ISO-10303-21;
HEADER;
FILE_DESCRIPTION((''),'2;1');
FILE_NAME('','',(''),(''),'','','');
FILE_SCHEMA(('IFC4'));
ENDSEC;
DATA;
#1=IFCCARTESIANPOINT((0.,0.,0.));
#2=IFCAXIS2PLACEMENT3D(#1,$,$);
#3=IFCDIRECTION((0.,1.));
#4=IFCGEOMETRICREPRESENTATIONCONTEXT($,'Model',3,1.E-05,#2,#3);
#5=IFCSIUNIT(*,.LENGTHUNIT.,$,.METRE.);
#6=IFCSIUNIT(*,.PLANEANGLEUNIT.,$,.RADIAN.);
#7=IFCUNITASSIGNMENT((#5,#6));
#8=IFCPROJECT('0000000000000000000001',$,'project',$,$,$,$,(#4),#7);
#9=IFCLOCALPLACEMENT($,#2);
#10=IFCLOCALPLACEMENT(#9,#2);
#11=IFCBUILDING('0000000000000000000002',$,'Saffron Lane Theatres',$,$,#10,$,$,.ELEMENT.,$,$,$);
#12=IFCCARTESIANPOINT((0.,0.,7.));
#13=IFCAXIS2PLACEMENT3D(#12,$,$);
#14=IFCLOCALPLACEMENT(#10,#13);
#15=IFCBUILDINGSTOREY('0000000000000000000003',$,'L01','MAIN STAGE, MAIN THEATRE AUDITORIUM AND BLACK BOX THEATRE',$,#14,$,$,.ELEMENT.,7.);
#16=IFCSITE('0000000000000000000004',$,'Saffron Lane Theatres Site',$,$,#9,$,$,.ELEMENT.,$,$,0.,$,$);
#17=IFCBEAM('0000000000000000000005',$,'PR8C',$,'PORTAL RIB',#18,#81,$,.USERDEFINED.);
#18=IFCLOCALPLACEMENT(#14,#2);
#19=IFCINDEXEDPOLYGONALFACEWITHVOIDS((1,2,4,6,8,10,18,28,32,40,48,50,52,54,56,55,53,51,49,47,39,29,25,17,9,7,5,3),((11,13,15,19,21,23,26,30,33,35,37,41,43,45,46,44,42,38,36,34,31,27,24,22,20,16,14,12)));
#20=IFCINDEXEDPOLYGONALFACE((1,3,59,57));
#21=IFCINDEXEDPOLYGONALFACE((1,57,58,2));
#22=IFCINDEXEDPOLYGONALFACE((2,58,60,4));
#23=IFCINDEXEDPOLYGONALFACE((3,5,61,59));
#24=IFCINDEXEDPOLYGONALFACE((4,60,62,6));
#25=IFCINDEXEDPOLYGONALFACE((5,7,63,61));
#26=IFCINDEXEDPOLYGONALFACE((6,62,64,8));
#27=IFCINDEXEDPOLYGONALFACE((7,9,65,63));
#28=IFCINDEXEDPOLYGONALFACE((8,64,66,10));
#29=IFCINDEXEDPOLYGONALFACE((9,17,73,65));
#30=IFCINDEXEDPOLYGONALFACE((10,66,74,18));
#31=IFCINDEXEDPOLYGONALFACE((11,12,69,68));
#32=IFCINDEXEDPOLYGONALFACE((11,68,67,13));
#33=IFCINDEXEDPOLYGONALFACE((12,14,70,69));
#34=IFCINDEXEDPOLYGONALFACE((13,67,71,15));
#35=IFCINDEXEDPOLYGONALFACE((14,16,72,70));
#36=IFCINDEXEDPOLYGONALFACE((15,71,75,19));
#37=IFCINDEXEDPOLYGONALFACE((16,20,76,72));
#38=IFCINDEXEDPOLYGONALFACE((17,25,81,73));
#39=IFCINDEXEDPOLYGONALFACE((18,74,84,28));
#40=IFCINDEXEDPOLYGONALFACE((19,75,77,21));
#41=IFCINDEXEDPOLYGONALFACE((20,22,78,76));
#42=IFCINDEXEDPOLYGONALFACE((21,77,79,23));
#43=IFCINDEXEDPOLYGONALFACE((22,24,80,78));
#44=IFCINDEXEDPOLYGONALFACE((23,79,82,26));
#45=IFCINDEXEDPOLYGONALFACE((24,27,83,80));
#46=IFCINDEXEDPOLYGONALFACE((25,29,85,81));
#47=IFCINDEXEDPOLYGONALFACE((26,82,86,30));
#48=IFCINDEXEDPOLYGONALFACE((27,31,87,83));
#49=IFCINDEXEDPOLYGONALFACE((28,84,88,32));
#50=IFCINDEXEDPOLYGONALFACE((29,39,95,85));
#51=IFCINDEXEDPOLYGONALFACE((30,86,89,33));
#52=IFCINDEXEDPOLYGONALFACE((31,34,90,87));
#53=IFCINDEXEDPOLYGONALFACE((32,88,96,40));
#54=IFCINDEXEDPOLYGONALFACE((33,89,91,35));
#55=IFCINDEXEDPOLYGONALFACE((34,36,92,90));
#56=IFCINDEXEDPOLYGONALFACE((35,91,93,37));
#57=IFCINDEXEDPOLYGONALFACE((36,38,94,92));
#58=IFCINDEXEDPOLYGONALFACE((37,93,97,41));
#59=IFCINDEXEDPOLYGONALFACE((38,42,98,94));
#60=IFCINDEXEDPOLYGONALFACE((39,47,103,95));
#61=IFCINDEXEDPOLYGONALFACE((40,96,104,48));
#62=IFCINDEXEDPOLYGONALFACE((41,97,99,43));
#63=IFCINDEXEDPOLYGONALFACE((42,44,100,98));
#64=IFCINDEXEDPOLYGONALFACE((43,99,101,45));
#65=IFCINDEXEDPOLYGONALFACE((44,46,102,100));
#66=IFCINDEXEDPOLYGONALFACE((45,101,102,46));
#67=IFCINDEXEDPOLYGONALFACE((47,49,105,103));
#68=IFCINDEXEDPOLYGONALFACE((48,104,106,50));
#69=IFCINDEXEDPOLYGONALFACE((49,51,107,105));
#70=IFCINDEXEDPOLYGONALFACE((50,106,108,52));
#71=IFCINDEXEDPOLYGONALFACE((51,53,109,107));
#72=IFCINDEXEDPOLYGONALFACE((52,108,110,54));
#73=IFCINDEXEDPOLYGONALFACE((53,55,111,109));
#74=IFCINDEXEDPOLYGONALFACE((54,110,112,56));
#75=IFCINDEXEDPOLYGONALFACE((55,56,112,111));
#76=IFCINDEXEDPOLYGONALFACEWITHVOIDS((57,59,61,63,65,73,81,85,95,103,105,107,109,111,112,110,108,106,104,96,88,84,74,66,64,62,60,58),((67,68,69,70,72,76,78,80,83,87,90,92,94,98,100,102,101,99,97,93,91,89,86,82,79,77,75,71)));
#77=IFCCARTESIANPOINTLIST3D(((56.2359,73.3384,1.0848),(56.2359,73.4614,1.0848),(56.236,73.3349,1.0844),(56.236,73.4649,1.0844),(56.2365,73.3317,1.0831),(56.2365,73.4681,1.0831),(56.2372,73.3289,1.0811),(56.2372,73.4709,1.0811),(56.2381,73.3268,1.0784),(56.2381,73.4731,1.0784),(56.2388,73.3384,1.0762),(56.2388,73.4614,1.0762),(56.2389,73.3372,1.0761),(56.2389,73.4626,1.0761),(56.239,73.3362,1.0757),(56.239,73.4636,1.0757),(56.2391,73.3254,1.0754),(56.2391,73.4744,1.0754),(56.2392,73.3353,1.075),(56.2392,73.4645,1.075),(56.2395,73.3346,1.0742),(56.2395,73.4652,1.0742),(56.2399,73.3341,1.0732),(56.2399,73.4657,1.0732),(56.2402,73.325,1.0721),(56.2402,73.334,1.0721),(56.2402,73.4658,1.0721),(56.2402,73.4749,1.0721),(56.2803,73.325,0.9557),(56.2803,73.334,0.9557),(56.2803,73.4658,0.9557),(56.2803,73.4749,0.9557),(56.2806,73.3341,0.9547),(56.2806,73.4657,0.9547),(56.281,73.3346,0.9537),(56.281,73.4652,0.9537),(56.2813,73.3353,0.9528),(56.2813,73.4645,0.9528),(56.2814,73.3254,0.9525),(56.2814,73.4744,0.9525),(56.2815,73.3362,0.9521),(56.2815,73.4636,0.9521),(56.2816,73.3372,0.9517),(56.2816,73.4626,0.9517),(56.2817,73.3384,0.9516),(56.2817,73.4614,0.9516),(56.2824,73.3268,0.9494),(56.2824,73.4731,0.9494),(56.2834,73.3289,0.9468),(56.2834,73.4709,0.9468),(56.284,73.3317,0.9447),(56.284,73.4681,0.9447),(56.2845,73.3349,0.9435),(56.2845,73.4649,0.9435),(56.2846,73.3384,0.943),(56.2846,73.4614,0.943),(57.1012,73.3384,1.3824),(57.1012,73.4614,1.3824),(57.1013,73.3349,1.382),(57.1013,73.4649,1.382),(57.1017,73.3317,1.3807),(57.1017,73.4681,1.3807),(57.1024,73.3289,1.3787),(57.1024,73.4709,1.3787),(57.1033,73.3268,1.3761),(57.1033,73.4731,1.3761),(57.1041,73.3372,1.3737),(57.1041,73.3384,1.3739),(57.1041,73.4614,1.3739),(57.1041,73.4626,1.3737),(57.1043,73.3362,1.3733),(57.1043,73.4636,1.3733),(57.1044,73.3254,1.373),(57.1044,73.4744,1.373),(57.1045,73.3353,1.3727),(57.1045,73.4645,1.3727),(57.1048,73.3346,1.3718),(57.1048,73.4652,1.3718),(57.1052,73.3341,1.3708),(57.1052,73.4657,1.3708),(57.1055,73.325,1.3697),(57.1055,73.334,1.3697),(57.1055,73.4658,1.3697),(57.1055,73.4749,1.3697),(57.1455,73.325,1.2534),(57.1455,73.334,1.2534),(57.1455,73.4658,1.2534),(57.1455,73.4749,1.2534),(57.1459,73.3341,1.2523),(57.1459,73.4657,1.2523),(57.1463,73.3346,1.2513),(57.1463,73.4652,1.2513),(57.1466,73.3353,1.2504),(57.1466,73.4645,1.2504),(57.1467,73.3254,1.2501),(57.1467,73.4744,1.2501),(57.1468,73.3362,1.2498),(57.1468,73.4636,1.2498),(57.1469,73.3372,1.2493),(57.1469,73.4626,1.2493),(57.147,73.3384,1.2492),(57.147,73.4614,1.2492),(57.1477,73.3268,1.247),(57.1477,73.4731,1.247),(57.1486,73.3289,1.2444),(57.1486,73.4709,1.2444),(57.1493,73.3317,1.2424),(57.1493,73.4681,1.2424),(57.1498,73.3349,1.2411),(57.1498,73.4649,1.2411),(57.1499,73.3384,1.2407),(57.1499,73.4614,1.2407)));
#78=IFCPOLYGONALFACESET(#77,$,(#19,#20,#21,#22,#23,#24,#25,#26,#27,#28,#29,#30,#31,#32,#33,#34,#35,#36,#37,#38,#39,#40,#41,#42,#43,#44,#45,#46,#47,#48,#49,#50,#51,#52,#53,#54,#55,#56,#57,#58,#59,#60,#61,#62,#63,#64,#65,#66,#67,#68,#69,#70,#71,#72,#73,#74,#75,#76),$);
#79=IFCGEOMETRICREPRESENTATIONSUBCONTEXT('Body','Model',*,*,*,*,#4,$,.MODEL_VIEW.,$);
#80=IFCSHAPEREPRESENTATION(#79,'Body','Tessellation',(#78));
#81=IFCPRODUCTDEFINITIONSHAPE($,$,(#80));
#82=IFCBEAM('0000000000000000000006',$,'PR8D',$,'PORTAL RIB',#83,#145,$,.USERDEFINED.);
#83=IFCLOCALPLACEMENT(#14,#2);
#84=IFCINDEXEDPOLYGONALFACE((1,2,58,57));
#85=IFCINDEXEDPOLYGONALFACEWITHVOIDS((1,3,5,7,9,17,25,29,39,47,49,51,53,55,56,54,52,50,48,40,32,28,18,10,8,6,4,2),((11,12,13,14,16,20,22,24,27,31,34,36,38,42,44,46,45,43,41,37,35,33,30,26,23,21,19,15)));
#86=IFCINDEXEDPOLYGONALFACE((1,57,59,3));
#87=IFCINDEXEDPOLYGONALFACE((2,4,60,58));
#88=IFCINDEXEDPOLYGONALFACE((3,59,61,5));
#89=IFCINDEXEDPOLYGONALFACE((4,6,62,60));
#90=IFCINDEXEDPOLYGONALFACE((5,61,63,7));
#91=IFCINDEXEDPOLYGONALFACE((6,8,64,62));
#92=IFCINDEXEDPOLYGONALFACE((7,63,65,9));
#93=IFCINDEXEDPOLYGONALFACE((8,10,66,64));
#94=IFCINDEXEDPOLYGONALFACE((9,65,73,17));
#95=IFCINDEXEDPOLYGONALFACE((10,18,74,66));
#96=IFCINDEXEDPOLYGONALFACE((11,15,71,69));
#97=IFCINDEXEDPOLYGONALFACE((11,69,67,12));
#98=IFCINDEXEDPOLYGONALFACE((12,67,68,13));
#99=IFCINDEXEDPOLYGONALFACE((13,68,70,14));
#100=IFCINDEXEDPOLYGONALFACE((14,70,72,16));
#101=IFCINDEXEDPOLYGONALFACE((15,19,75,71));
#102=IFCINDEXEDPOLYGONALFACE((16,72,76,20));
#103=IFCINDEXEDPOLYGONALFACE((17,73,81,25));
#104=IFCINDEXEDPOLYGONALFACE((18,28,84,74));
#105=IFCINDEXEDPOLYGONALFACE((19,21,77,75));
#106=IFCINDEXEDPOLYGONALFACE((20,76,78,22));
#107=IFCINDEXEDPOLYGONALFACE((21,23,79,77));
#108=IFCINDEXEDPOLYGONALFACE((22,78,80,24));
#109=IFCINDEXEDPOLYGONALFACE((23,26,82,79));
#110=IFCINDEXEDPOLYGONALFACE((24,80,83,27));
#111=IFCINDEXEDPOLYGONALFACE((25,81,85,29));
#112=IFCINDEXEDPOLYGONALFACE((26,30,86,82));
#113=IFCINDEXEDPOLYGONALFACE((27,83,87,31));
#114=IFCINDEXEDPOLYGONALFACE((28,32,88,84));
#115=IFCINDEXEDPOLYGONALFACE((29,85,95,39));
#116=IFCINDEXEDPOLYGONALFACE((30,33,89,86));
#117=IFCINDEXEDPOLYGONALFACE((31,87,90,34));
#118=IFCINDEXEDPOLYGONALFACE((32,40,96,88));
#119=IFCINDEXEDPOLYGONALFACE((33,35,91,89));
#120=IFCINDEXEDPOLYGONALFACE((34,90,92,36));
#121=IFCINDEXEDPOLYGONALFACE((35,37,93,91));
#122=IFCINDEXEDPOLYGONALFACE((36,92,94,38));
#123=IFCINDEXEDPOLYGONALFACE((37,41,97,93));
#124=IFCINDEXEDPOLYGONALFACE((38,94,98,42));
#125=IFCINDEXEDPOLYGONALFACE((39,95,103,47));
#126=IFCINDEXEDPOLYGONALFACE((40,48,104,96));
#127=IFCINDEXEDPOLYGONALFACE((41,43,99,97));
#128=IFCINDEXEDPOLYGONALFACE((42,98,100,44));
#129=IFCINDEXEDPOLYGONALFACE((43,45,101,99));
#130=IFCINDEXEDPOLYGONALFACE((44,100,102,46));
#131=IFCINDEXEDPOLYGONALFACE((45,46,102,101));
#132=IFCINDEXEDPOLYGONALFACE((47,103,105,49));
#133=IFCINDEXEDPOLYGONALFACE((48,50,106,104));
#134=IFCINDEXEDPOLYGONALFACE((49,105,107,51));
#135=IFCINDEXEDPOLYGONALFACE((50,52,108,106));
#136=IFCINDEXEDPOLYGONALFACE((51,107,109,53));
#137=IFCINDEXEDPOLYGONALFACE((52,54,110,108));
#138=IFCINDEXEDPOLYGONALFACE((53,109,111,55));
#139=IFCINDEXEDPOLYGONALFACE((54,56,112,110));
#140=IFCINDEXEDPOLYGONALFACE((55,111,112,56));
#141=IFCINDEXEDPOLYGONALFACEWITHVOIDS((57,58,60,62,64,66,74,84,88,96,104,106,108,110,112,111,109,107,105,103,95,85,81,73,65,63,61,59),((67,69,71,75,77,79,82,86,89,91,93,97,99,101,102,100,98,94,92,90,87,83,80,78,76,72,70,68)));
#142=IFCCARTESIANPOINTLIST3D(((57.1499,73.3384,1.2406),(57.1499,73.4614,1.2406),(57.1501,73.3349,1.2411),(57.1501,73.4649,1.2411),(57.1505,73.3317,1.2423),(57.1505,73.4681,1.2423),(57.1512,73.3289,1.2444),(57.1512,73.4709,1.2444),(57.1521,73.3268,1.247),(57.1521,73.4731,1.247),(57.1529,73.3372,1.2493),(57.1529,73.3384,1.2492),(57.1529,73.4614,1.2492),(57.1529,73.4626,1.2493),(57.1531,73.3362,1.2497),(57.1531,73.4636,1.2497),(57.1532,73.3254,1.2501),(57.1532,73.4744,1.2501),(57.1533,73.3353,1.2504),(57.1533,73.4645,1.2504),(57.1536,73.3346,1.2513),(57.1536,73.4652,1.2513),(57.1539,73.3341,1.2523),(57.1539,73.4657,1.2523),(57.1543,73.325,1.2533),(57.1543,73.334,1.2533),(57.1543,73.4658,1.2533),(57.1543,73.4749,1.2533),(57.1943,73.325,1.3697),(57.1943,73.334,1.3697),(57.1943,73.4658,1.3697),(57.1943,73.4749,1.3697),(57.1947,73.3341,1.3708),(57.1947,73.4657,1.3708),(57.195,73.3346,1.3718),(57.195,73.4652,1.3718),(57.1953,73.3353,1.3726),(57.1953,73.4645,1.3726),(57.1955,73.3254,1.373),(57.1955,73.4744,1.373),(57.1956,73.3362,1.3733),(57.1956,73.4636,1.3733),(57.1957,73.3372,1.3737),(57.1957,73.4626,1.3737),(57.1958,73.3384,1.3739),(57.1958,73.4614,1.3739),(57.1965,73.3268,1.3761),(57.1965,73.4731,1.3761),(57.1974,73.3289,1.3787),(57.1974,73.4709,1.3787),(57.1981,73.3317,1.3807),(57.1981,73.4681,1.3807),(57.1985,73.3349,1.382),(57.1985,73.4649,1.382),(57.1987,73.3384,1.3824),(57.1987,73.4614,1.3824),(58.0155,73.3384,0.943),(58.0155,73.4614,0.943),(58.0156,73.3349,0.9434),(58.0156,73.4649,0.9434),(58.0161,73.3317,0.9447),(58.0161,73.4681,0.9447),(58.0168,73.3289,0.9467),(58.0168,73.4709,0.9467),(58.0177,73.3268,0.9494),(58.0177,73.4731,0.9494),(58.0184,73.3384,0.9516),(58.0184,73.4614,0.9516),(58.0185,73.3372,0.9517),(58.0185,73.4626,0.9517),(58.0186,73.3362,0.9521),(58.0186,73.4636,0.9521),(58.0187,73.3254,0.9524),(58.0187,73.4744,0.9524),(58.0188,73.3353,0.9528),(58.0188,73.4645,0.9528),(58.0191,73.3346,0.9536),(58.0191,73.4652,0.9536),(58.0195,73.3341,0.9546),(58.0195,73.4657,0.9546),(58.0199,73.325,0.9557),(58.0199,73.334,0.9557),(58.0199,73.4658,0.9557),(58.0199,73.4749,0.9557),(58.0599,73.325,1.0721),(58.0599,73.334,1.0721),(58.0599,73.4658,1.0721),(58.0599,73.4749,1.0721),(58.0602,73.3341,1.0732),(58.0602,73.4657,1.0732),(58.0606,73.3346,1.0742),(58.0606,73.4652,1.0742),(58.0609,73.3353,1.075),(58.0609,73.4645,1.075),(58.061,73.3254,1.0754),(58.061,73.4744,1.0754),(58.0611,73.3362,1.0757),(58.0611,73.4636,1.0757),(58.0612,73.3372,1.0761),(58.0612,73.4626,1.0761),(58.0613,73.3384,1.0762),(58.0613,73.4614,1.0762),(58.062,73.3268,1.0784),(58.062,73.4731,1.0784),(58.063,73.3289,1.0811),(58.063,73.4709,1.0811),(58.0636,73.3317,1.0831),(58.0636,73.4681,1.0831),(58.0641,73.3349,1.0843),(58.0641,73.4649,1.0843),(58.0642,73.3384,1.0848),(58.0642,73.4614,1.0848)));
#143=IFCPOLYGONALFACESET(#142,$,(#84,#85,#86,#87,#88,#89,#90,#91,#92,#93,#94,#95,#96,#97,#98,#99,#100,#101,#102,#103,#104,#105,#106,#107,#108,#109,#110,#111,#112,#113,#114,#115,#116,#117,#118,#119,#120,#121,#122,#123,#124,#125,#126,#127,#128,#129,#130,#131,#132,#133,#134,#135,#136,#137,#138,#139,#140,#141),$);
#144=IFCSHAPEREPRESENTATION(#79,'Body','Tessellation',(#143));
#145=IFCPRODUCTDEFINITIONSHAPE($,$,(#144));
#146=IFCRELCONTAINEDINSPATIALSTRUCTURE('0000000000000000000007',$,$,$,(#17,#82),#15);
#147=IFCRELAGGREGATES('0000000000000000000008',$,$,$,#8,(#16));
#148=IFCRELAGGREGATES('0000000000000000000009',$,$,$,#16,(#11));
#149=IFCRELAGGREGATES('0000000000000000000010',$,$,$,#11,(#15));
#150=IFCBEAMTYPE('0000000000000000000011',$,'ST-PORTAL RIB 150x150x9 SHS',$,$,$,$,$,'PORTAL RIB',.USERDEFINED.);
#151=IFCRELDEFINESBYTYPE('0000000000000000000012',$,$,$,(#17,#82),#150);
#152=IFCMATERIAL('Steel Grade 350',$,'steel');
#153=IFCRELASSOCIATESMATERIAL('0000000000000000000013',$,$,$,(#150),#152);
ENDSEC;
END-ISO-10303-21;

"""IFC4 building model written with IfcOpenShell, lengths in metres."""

from ifc_helpers import new_model, si_unit, direction, frame, origin, origin_2d, place, context, subcontext, project, spatial, hollow_rectangle, extrude, material, material_profile, profile_set, type_object, element, save


model = new_model("IFC4")

# Units and contexts
model_context = context("Model", 3, precision=1e-05, world=origin(), true_north=direction((0.0, 1.0)))
body_context = subcontext(model_context, "Body", "Model", "MODEL_VIEW")
ifc_project = project(units=[si_unit("LENGTHUNIT", "METRE"), si_unit("PLANEANGLEUNIT", "RADIAN")], contexts=[model_context])

# Site, building, storey
site_placement = place(None, origin())
site = spatial("IfcSite", under=ifc_project, at=site_placement, Name="Saffron Lane Theatres Site", CompositionType="ELEMENT", RefElevation=0.0)
building_placement = place(site_placement, origin())
building = spatial("IfcBuilding", under=site, at=building_placement, Name="Saffron Lane Theatres", CompositionType="ELEMENT")
storey_placement = place(building_placement, frame((0.0, 0.0, 7.0)))
storey = spatial("IfcBuildingStorey", under=building, at=storey_placement, Name="L01", Description="MAIN STAGE, MAIN THEATRE AUDITORIUM AND BLACK BOX THEATRE", CompositionType="ELEMENT", Elevation=7.0)

# Beams
ifc_material_1 = material(Name="Steel Grade 350", Category="steel")
ifc_material_profile_1 = material_profile(ifc_material_1, hollow_rectangle(XDim=0.1499, YDim=0.1499, WallThickness=0.009, InnerFilletRadius=0.0044, OuterFilletRadius=0.0134, at=origin_2d()))
ifc_profile_set_1 = profile_set([ifc_material_profile_1], Name="Steel Grade 350")
beam_type_1 = type_object("IfcBeamType", Name="ST-PORTAL RIB 150x150x9 SHS", ElementType="PORTAL RIB", PredefinedType="USERDEFINED", material=ifc_profile_set_1)
beam_1_placement = place(storey_placement, frame((56.2603, 73.3999, 1.0139), z_axis=(0.945625, 0.0, 0.325259), x_axis=(0.0, 1.0, 0.0)))
element("IfcBeam", 1, at=beam_1_placement, inside=storey, type_object=beam_type_1, Name="PR8C", ObjectType="PORTAL RIB", PredefinedType="USERDEFINED", context=body_context, shape_type="SweptSolid", body=[
    extrude(hollow_rectangle(XDim=0.1499, YDim=0.1499, WallThickness=0.009, InnerFilletRadius=0.0044, OuterFilletRadius=0.0134, at=origin_2d()), origin(), (0.0, 0.0, 1.0), 0.915),
])
beam_2_placement = place(storey_placement, frame((57.1743, 73.3999, 1.3115), z_axis=(0.945653, 0.0, -0.325177), x_axis=(0.0, 1.0, 0.0)))
element("IfcBeam", 2, at=beam_2_placement, inside=storey, type_object=beam_type_1, Name="PR8D", ObjectType="PORTAL RIB", PredefinedType="USERDEFINED", context=body_context, shape_type="SweptSolid", body=[
    extrude(hollow_rectangle(XDim=0.1499, YDim=0.1499, WallThickness=0.009, InnerFilletRadius=0.0044, OuterFilletRadius=0.0134, at=origin_2d()), origin(), (0.0, 0.0, 1.0), 0.9153),
])

save(model, "model.ifc")
